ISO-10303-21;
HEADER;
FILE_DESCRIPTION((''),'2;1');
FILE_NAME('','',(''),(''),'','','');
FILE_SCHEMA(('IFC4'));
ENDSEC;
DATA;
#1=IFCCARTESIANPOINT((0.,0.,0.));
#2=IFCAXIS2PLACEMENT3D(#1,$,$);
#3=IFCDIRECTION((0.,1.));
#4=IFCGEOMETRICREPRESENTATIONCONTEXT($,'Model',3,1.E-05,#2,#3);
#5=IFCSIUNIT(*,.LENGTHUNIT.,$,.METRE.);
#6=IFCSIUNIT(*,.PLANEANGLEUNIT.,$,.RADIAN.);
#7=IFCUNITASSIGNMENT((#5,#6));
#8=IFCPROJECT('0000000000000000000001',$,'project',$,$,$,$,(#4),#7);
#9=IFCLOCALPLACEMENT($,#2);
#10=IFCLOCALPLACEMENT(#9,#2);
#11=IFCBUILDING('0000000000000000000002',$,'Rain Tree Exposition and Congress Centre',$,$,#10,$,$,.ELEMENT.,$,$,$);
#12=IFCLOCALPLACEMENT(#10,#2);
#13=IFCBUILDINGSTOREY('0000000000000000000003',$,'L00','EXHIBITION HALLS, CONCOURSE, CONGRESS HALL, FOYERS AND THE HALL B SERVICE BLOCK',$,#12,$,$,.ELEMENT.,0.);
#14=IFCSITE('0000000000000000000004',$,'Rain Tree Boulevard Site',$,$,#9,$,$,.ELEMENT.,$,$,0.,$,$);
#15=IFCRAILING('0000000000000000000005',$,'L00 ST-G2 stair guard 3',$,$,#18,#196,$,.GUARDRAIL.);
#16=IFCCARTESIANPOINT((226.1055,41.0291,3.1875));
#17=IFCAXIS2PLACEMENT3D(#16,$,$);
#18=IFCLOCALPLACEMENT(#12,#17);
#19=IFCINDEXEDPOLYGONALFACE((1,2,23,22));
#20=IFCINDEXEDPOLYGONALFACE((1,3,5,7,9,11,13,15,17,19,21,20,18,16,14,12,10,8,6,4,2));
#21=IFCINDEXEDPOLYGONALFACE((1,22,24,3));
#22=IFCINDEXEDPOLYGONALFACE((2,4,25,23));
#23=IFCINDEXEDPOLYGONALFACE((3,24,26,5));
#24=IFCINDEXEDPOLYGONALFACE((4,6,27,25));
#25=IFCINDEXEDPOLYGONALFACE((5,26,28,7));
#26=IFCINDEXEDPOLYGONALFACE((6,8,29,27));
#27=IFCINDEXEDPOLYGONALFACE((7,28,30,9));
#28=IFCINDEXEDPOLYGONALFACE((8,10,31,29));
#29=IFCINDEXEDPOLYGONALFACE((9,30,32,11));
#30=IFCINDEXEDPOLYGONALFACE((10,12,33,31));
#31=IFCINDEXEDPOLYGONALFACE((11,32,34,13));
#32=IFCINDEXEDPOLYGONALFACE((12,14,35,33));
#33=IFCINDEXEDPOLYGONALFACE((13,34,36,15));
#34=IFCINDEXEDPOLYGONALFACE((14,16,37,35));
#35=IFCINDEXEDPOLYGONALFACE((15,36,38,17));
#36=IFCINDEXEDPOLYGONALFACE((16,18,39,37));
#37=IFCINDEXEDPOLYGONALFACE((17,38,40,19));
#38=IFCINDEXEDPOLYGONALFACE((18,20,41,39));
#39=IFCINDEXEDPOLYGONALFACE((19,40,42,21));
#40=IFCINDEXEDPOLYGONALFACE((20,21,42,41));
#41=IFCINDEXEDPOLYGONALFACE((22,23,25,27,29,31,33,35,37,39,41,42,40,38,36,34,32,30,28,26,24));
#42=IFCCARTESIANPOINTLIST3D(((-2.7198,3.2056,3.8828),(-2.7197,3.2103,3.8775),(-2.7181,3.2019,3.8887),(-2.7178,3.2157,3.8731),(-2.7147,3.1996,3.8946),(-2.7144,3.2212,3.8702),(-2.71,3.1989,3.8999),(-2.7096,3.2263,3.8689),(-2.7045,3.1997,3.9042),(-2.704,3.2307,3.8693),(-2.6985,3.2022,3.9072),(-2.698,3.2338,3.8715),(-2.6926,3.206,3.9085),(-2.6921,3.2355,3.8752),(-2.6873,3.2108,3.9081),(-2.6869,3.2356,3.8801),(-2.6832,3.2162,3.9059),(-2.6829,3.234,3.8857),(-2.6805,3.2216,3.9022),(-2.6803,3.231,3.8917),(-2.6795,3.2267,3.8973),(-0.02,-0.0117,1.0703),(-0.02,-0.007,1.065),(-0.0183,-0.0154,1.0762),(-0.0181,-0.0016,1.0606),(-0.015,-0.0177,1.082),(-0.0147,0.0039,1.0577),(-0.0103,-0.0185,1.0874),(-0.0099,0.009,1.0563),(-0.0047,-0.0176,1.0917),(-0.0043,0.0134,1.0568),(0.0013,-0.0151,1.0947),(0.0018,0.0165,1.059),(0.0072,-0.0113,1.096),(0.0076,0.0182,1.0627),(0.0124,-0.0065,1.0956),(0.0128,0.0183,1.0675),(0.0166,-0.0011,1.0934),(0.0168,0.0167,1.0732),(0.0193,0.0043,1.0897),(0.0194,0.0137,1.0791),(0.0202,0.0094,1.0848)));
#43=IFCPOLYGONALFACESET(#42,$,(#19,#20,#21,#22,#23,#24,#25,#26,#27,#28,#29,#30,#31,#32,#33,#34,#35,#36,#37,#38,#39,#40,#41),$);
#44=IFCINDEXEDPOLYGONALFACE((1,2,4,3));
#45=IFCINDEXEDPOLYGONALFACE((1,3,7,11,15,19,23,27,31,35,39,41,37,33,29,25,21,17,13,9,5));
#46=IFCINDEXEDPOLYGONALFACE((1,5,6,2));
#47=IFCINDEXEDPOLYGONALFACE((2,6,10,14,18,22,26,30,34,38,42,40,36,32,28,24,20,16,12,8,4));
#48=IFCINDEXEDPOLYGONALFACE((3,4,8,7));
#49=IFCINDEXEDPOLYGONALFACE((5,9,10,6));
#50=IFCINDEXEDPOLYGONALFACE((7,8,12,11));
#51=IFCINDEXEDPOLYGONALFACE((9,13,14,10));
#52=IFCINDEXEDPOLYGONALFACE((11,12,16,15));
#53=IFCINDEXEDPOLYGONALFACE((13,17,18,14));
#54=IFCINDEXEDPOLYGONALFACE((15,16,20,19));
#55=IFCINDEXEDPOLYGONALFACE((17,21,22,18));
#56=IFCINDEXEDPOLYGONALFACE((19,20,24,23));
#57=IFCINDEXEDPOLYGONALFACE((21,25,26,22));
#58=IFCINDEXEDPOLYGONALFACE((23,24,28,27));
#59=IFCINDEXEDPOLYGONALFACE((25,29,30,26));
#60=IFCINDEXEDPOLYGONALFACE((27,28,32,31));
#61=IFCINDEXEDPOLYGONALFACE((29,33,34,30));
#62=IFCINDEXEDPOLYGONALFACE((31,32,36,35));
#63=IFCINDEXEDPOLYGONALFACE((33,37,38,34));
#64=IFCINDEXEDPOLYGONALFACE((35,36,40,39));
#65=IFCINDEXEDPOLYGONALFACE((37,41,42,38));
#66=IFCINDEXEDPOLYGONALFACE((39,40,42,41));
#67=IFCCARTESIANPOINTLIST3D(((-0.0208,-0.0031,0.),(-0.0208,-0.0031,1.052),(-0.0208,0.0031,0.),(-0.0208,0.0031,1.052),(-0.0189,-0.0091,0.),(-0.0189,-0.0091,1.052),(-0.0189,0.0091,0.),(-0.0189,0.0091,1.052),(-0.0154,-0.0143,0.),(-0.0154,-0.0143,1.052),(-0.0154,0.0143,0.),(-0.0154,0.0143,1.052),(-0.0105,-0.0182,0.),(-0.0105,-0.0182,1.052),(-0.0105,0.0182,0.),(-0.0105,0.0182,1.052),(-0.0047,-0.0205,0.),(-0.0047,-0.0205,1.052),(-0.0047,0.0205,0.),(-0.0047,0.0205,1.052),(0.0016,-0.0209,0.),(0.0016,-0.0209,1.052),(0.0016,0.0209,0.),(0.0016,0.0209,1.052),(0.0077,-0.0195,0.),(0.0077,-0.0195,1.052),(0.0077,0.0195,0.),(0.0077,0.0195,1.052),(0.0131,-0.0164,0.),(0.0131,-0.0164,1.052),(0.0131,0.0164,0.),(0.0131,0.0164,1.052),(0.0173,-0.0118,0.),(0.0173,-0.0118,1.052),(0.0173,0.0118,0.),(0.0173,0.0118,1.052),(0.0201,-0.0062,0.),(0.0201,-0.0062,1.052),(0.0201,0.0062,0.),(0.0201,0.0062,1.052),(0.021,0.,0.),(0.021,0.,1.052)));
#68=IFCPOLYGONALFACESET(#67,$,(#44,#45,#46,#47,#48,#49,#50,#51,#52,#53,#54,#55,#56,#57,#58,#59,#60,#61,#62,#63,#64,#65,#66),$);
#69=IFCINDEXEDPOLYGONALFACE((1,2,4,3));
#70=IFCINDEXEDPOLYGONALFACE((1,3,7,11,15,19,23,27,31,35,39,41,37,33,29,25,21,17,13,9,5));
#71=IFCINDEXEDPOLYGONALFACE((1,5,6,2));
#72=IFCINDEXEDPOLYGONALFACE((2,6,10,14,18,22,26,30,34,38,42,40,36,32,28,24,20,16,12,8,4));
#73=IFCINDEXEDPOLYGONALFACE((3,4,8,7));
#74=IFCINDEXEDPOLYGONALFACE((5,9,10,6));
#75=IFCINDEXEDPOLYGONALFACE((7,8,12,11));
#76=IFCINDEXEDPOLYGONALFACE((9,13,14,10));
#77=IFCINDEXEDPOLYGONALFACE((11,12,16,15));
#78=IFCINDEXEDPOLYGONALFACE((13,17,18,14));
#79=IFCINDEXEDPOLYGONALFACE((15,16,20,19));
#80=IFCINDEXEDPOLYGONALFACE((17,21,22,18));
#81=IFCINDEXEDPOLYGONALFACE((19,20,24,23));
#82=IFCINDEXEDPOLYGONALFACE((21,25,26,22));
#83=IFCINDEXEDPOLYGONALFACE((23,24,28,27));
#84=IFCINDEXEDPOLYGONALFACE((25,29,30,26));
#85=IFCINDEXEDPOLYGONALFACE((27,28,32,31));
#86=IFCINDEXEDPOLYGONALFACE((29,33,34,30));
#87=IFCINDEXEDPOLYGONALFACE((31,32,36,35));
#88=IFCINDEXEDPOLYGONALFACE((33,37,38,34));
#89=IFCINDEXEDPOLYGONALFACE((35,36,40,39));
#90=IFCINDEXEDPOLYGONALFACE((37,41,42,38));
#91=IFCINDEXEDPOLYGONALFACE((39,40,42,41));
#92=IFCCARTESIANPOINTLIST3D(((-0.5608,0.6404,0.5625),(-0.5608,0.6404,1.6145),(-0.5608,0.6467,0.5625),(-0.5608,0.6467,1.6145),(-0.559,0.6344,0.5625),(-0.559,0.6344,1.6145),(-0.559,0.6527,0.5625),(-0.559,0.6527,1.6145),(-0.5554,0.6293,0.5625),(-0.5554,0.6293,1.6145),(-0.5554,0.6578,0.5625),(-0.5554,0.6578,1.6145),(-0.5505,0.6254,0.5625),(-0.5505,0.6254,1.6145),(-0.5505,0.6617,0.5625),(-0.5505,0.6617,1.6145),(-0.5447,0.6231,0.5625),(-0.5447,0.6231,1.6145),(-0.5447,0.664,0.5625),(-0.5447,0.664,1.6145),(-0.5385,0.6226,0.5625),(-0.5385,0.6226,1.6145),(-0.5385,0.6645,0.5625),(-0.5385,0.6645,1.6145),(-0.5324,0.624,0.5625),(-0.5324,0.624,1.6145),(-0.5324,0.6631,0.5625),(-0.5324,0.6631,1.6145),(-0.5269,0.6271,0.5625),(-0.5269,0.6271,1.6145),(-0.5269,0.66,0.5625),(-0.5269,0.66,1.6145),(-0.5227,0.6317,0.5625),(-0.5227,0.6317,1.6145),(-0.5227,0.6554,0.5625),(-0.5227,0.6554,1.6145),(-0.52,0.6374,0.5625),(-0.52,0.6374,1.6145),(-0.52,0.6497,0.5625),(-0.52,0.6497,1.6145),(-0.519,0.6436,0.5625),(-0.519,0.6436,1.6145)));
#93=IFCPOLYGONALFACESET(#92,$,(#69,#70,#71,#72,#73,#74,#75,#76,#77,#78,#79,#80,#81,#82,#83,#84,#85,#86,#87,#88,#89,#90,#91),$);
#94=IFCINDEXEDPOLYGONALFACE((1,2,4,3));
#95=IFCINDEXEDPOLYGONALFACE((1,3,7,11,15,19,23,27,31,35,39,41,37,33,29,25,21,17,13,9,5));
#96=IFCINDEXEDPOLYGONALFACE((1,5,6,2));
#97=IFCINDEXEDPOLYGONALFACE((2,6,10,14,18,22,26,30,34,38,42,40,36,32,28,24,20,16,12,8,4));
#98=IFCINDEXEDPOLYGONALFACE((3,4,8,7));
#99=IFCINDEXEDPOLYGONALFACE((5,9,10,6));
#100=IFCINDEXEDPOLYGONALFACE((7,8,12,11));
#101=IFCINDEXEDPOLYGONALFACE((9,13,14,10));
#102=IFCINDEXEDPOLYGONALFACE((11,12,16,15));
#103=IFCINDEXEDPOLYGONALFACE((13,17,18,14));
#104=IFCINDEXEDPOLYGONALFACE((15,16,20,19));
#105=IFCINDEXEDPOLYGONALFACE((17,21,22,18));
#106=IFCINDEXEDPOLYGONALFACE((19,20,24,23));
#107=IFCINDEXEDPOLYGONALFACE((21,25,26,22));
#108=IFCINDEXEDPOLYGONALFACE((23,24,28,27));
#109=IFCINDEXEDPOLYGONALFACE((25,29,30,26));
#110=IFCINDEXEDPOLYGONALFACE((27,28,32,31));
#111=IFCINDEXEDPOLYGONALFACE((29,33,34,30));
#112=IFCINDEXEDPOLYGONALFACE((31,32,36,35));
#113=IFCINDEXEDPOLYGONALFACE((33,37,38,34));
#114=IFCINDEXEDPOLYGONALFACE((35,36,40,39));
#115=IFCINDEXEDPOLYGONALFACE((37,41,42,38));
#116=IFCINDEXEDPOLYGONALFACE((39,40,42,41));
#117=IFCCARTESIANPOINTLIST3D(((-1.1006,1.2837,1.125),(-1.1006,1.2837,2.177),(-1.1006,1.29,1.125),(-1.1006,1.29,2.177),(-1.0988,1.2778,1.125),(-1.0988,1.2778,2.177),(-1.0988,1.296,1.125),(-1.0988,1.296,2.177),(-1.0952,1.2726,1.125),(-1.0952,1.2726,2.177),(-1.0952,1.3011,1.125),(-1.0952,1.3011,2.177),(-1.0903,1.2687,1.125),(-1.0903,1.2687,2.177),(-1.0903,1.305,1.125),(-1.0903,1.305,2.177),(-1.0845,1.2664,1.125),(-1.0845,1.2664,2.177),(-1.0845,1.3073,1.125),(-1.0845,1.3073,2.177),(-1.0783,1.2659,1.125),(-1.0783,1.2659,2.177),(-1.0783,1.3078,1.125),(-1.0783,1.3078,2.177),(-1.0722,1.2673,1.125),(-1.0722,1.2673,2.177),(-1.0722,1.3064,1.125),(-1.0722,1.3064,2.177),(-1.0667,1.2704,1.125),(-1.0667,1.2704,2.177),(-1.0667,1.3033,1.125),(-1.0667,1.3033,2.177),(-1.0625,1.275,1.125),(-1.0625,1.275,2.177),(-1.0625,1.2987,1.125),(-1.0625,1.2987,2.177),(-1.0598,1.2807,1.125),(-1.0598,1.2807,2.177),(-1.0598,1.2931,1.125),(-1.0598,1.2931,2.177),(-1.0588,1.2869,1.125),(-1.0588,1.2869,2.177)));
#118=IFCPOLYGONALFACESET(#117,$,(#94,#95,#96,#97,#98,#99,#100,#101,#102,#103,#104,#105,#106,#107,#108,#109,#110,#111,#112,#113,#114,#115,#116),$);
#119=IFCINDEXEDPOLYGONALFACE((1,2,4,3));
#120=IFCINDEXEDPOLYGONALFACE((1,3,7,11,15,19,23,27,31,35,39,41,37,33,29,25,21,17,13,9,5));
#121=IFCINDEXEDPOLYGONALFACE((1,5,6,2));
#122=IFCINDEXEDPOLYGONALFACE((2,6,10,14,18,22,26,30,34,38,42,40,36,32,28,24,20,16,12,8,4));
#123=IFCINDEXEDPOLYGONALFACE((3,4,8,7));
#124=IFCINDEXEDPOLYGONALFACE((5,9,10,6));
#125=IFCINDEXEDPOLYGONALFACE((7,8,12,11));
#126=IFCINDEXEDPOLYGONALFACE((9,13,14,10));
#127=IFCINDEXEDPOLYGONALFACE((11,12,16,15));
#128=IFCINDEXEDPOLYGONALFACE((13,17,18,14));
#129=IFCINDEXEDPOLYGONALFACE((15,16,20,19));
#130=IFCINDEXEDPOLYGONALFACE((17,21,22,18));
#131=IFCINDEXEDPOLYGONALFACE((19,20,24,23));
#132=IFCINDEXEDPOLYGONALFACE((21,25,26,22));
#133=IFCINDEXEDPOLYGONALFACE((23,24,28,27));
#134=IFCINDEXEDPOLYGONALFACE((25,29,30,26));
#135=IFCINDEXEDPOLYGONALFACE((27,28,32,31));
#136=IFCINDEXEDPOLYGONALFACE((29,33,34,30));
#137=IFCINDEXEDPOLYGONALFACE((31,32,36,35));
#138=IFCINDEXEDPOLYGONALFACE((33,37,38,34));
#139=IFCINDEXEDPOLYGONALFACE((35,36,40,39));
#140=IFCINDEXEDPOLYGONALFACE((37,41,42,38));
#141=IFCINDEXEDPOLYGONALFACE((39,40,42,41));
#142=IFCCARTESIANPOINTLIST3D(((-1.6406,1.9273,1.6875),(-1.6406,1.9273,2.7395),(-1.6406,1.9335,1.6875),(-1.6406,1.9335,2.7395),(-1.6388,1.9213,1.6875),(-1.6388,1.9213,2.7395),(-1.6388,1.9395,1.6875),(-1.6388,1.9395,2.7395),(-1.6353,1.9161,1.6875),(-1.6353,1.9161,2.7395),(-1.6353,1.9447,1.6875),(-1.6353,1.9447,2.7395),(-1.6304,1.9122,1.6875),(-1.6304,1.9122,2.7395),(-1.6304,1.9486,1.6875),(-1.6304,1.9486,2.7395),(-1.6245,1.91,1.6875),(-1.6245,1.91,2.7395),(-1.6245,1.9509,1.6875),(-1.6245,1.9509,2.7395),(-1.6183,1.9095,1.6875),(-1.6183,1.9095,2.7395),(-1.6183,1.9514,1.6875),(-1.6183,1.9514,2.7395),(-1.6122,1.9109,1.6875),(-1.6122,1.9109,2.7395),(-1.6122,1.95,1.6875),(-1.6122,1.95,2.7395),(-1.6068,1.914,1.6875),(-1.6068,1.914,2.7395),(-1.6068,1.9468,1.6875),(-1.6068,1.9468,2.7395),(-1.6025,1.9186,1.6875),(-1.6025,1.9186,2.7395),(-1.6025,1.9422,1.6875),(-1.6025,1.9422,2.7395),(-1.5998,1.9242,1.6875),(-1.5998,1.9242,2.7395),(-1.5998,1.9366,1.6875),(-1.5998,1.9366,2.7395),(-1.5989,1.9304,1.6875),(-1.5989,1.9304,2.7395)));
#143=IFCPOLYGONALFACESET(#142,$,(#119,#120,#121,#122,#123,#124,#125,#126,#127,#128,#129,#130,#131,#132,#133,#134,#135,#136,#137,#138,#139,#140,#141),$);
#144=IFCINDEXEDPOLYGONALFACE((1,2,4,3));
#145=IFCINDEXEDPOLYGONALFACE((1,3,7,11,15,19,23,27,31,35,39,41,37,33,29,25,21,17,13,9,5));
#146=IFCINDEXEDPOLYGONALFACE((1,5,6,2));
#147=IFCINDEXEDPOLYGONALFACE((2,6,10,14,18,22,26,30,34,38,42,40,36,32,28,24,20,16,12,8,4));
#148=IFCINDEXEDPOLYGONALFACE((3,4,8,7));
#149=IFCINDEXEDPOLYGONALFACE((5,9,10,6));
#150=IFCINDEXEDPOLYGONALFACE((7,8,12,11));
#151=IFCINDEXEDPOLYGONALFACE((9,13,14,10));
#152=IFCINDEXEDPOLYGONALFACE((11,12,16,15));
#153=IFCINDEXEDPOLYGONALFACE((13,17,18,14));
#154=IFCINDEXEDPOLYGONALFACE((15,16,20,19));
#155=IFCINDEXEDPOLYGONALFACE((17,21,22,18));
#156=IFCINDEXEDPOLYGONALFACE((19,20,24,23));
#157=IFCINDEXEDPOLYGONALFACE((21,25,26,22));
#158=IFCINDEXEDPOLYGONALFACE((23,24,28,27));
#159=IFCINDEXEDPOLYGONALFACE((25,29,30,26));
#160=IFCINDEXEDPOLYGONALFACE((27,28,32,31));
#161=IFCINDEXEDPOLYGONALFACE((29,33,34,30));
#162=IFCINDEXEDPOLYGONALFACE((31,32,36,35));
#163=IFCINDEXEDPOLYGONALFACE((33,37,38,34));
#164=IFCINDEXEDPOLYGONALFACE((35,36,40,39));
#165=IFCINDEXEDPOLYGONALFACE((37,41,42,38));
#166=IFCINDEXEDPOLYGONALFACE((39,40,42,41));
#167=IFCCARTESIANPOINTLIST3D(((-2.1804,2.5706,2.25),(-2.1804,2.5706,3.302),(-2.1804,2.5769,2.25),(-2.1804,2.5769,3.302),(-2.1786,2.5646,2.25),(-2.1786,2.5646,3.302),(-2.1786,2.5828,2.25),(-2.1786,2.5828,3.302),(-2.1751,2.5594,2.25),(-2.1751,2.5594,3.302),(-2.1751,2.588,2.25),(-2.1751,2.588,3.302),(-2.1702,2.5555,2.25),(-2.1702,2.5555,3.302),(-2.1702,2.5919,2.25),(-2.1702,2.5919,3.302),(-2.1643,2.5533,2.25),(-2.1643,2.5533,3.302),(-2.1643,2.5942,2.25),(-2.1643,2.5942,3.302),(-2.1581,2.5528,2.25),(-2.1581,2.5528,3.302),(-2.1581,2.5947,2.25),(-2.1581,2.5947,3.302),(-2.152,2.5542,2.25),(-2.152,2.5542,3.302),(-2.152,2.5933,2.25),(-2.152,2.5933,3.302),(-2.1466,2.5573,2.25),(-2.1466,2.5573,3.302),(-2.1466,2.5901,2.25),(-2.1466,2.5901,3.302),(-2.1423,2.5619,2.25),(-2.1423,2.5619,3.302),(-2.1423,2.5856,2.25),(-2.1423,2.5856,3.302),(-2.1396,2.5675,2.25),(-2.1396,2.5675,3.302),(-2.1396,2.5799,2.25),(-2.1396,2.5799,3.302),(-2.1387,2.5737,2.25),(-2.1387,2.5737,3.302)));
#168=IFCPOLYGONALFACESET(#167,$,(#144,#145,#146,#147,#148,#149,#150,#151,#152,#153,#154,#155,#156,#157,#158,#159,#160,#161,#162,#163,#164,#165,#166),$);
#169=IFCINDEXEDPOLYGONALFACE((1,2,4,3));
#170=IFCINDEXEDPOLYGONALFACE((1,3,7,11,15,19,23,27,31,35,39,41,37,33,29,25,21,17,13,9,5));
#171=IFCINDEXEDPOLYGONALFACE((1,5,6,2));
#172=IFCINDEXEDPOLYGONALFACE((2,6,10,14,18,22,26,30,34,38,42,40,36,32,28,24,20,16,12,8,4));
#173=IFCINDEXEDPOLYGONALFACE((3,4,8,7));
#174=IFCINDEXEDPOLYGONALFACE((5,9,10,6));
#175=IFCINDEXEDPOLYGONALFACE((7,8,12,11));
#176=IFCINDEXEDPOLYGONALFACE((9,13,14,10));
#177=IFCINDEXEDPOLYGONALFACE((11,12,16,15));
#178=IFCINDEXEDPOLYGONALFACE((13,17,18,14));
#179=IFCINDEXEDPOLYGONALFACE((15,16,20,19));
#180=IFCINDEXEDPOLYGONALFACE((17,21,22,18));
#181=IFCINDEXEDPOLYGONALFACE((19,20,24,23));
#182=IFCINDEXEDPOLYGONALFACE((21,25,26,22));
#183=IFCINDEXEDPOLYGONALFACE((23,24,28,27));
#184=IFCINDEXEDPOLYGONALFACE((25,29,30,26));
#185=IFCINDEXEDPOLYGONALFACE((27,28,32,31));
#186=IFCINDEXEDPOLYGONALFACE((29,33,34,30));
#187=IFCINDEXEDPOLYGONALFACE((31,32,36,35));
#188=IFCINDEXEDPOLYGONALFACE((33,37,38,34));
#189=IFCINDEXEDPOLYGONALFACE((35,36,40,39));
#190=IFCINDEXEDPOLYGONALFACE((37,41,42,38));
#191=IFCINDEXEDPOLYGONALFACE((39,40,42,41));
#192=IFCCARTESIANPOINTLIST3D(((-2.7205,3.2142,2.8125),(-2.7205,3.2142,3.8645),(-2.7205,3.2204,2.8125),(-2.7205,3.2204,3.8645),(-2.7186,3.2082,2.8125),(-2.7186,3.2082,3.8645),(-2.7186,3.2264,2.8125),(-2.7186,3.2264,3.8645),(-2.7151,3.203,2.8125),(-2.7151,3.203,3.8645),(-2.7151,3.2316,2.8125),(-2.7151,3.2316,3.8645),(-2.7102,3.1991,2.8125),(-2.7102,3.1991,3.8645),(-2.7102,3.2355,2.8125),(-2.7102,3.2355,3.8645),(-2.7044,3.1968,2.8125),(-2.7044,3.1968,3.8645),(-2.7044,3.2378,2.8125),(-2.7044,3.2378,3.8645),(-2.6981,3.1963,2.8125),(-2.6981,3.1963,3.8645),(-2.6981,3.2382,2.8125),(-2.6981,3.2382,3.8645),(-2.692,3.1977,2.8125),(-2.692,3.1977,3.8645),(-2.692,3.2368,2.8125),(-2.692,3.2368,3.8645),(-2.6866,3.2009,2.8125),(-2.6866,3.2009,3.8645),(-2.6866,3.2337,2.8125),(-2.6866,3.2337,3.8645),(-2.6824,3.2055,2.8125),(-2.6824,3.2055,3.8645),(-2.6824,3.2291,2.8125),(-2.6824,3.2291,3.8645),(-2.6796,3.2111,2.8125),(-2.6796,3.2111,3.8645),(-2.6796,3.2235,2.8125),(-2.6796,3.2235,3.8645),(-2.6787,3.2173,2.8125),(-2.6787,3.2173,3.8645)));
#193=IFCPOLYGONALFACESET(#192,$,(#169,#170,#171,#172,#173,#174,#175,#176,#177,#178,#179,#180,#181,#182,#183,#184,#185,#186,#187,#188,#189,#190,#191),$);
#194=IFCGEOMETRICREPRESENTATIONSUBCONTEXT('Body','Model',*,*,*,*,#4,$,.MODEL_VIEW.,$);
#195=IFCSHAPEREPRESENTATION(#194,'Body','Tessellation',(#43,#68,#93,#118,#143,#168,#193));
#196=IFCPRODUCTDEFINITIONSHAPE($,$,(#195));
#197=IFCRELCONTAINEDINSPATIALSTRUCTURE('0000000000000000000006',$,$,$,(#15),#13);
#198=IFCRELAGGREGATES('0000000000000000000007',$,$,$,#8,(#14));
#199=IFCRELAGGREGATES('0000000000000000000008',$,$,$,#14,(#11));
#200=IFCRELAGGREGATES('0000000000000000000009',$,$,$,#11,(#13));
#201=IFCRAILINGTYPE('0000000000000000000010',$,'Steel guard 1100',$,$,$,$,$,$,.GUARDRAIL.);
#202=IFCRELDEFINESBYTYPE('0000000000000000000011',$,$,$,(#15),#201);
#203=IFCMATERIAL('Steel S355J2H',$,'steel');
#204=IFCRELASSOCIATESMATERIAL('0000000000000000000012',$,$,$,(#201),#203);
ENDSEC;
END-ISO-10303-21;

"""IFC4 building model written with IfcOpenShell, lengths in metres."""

from ifc_helpers import new_model, si_unit, direction, frame, origin, origin_2d, place, context, subcontext, project, spatial, circle, extrude, material, type_object, element, save


model = new_model("IFC4")

# Units and contexts
model_context = context("Model", 3, precision=1e-05, world=origin(), true_north=direction((0.0, 1.0)))
body_context = subcontext(model_context, "Body", "Model", "MODEL_VIEW")
ifc_project = project(units=[si_unit("LENGTHUNIT", "METRE"), si_unit("PLANEANGLEUNIT", "RADIAN")], contexts=[model_context])

# Site, building, storey
site_placement = place(None, origin())
site = spatial("IfcSite", under=ifc_project, at=site_placement, Name="Rain Tree Boulevard Site", CompositionType="ELEMENT", RefElevation=0.0)
building_placement = place(site_placement, origin())
building = spatial("IfcBuilding", under=site, at=building_placement, Name="Rain Tree Exposition and Congress Centre", CompositionType="ELEMENT")
storey_placement = place(building_placement, origin())
storey = spatial("IfcBuildingStorey", under=building, at=storey_placement, Name="L00", Description="EXHIBITION HALLS, CONCOURSE, CONGRESS HALL, FOYERS AND THE HALL B SERVICE BLOCK", CompositionType="ELEMENT", Elevation=0.0)

# Railing
ifc_material_1 = material(Name="Steel S355J2H", Category="steel")
railing_type_1 = type_object("IfcRailingType", Name="Steel guard 1100", PredefinedType="GUARDRAIL", material=ifc_material_1)
railing_1_placement = place(storey_placement, frame((226.1055, 41.0291, 3.1875)))
element("IfcRailing", 1, at=railing_1_placement, inside=storey, type_object=railing_type_1, Name="L00 ST-G2 stair guard 3", PredefinedType="GUARDRAIL", context=body_context, shape_type="SweptSolid", body=[
    extrude(circle(Radius=0.0239, at=origin_2d()), frame((0.0, 0.0, 1.0762), z_axis=(-0.534104, 0.6365, 0.556418), x_axis=(-0.766035, -0.642799, 0.0)), (0.0, 0.0, 1.0), 5.0547),
    extrude(circle(Radius=0.021, at=origin_2d()), origin(), (0.0, 0.0, 1.0), 1.052),
    extrude(circle(Radius=0.021, at=origin_2d()), frame((-0.54, 0.6436, 0.5625)), (0.0, 0.0, 1.0), 1.052),
    extrude(circle(Radius=0.021, at=origin_2d()), frame((-1.0798, 1.2869, 1.125)), (0.0, 0.0, 1.0), 1.052),
    extrude(circle(Radius=0.021, at=origin_2d()), frame((-1.6199, 1.9304, 1.6875)), (0.0, 0.0, 1.0), 1.052),
    extrude(circle(Radius=0.021, at=origin_2d()), frame((-2.1597, 2.5737, 2.25)), (0.0, 0.0, 1.0), 1.052),
    extrude(circle(Radius=0.021, at=origin_2d()), frame((-2.6997, 3.2173, 2.8125)), (0.0, 0.0, 1.0), 1.052),
])

save(model, "model.ifc")
